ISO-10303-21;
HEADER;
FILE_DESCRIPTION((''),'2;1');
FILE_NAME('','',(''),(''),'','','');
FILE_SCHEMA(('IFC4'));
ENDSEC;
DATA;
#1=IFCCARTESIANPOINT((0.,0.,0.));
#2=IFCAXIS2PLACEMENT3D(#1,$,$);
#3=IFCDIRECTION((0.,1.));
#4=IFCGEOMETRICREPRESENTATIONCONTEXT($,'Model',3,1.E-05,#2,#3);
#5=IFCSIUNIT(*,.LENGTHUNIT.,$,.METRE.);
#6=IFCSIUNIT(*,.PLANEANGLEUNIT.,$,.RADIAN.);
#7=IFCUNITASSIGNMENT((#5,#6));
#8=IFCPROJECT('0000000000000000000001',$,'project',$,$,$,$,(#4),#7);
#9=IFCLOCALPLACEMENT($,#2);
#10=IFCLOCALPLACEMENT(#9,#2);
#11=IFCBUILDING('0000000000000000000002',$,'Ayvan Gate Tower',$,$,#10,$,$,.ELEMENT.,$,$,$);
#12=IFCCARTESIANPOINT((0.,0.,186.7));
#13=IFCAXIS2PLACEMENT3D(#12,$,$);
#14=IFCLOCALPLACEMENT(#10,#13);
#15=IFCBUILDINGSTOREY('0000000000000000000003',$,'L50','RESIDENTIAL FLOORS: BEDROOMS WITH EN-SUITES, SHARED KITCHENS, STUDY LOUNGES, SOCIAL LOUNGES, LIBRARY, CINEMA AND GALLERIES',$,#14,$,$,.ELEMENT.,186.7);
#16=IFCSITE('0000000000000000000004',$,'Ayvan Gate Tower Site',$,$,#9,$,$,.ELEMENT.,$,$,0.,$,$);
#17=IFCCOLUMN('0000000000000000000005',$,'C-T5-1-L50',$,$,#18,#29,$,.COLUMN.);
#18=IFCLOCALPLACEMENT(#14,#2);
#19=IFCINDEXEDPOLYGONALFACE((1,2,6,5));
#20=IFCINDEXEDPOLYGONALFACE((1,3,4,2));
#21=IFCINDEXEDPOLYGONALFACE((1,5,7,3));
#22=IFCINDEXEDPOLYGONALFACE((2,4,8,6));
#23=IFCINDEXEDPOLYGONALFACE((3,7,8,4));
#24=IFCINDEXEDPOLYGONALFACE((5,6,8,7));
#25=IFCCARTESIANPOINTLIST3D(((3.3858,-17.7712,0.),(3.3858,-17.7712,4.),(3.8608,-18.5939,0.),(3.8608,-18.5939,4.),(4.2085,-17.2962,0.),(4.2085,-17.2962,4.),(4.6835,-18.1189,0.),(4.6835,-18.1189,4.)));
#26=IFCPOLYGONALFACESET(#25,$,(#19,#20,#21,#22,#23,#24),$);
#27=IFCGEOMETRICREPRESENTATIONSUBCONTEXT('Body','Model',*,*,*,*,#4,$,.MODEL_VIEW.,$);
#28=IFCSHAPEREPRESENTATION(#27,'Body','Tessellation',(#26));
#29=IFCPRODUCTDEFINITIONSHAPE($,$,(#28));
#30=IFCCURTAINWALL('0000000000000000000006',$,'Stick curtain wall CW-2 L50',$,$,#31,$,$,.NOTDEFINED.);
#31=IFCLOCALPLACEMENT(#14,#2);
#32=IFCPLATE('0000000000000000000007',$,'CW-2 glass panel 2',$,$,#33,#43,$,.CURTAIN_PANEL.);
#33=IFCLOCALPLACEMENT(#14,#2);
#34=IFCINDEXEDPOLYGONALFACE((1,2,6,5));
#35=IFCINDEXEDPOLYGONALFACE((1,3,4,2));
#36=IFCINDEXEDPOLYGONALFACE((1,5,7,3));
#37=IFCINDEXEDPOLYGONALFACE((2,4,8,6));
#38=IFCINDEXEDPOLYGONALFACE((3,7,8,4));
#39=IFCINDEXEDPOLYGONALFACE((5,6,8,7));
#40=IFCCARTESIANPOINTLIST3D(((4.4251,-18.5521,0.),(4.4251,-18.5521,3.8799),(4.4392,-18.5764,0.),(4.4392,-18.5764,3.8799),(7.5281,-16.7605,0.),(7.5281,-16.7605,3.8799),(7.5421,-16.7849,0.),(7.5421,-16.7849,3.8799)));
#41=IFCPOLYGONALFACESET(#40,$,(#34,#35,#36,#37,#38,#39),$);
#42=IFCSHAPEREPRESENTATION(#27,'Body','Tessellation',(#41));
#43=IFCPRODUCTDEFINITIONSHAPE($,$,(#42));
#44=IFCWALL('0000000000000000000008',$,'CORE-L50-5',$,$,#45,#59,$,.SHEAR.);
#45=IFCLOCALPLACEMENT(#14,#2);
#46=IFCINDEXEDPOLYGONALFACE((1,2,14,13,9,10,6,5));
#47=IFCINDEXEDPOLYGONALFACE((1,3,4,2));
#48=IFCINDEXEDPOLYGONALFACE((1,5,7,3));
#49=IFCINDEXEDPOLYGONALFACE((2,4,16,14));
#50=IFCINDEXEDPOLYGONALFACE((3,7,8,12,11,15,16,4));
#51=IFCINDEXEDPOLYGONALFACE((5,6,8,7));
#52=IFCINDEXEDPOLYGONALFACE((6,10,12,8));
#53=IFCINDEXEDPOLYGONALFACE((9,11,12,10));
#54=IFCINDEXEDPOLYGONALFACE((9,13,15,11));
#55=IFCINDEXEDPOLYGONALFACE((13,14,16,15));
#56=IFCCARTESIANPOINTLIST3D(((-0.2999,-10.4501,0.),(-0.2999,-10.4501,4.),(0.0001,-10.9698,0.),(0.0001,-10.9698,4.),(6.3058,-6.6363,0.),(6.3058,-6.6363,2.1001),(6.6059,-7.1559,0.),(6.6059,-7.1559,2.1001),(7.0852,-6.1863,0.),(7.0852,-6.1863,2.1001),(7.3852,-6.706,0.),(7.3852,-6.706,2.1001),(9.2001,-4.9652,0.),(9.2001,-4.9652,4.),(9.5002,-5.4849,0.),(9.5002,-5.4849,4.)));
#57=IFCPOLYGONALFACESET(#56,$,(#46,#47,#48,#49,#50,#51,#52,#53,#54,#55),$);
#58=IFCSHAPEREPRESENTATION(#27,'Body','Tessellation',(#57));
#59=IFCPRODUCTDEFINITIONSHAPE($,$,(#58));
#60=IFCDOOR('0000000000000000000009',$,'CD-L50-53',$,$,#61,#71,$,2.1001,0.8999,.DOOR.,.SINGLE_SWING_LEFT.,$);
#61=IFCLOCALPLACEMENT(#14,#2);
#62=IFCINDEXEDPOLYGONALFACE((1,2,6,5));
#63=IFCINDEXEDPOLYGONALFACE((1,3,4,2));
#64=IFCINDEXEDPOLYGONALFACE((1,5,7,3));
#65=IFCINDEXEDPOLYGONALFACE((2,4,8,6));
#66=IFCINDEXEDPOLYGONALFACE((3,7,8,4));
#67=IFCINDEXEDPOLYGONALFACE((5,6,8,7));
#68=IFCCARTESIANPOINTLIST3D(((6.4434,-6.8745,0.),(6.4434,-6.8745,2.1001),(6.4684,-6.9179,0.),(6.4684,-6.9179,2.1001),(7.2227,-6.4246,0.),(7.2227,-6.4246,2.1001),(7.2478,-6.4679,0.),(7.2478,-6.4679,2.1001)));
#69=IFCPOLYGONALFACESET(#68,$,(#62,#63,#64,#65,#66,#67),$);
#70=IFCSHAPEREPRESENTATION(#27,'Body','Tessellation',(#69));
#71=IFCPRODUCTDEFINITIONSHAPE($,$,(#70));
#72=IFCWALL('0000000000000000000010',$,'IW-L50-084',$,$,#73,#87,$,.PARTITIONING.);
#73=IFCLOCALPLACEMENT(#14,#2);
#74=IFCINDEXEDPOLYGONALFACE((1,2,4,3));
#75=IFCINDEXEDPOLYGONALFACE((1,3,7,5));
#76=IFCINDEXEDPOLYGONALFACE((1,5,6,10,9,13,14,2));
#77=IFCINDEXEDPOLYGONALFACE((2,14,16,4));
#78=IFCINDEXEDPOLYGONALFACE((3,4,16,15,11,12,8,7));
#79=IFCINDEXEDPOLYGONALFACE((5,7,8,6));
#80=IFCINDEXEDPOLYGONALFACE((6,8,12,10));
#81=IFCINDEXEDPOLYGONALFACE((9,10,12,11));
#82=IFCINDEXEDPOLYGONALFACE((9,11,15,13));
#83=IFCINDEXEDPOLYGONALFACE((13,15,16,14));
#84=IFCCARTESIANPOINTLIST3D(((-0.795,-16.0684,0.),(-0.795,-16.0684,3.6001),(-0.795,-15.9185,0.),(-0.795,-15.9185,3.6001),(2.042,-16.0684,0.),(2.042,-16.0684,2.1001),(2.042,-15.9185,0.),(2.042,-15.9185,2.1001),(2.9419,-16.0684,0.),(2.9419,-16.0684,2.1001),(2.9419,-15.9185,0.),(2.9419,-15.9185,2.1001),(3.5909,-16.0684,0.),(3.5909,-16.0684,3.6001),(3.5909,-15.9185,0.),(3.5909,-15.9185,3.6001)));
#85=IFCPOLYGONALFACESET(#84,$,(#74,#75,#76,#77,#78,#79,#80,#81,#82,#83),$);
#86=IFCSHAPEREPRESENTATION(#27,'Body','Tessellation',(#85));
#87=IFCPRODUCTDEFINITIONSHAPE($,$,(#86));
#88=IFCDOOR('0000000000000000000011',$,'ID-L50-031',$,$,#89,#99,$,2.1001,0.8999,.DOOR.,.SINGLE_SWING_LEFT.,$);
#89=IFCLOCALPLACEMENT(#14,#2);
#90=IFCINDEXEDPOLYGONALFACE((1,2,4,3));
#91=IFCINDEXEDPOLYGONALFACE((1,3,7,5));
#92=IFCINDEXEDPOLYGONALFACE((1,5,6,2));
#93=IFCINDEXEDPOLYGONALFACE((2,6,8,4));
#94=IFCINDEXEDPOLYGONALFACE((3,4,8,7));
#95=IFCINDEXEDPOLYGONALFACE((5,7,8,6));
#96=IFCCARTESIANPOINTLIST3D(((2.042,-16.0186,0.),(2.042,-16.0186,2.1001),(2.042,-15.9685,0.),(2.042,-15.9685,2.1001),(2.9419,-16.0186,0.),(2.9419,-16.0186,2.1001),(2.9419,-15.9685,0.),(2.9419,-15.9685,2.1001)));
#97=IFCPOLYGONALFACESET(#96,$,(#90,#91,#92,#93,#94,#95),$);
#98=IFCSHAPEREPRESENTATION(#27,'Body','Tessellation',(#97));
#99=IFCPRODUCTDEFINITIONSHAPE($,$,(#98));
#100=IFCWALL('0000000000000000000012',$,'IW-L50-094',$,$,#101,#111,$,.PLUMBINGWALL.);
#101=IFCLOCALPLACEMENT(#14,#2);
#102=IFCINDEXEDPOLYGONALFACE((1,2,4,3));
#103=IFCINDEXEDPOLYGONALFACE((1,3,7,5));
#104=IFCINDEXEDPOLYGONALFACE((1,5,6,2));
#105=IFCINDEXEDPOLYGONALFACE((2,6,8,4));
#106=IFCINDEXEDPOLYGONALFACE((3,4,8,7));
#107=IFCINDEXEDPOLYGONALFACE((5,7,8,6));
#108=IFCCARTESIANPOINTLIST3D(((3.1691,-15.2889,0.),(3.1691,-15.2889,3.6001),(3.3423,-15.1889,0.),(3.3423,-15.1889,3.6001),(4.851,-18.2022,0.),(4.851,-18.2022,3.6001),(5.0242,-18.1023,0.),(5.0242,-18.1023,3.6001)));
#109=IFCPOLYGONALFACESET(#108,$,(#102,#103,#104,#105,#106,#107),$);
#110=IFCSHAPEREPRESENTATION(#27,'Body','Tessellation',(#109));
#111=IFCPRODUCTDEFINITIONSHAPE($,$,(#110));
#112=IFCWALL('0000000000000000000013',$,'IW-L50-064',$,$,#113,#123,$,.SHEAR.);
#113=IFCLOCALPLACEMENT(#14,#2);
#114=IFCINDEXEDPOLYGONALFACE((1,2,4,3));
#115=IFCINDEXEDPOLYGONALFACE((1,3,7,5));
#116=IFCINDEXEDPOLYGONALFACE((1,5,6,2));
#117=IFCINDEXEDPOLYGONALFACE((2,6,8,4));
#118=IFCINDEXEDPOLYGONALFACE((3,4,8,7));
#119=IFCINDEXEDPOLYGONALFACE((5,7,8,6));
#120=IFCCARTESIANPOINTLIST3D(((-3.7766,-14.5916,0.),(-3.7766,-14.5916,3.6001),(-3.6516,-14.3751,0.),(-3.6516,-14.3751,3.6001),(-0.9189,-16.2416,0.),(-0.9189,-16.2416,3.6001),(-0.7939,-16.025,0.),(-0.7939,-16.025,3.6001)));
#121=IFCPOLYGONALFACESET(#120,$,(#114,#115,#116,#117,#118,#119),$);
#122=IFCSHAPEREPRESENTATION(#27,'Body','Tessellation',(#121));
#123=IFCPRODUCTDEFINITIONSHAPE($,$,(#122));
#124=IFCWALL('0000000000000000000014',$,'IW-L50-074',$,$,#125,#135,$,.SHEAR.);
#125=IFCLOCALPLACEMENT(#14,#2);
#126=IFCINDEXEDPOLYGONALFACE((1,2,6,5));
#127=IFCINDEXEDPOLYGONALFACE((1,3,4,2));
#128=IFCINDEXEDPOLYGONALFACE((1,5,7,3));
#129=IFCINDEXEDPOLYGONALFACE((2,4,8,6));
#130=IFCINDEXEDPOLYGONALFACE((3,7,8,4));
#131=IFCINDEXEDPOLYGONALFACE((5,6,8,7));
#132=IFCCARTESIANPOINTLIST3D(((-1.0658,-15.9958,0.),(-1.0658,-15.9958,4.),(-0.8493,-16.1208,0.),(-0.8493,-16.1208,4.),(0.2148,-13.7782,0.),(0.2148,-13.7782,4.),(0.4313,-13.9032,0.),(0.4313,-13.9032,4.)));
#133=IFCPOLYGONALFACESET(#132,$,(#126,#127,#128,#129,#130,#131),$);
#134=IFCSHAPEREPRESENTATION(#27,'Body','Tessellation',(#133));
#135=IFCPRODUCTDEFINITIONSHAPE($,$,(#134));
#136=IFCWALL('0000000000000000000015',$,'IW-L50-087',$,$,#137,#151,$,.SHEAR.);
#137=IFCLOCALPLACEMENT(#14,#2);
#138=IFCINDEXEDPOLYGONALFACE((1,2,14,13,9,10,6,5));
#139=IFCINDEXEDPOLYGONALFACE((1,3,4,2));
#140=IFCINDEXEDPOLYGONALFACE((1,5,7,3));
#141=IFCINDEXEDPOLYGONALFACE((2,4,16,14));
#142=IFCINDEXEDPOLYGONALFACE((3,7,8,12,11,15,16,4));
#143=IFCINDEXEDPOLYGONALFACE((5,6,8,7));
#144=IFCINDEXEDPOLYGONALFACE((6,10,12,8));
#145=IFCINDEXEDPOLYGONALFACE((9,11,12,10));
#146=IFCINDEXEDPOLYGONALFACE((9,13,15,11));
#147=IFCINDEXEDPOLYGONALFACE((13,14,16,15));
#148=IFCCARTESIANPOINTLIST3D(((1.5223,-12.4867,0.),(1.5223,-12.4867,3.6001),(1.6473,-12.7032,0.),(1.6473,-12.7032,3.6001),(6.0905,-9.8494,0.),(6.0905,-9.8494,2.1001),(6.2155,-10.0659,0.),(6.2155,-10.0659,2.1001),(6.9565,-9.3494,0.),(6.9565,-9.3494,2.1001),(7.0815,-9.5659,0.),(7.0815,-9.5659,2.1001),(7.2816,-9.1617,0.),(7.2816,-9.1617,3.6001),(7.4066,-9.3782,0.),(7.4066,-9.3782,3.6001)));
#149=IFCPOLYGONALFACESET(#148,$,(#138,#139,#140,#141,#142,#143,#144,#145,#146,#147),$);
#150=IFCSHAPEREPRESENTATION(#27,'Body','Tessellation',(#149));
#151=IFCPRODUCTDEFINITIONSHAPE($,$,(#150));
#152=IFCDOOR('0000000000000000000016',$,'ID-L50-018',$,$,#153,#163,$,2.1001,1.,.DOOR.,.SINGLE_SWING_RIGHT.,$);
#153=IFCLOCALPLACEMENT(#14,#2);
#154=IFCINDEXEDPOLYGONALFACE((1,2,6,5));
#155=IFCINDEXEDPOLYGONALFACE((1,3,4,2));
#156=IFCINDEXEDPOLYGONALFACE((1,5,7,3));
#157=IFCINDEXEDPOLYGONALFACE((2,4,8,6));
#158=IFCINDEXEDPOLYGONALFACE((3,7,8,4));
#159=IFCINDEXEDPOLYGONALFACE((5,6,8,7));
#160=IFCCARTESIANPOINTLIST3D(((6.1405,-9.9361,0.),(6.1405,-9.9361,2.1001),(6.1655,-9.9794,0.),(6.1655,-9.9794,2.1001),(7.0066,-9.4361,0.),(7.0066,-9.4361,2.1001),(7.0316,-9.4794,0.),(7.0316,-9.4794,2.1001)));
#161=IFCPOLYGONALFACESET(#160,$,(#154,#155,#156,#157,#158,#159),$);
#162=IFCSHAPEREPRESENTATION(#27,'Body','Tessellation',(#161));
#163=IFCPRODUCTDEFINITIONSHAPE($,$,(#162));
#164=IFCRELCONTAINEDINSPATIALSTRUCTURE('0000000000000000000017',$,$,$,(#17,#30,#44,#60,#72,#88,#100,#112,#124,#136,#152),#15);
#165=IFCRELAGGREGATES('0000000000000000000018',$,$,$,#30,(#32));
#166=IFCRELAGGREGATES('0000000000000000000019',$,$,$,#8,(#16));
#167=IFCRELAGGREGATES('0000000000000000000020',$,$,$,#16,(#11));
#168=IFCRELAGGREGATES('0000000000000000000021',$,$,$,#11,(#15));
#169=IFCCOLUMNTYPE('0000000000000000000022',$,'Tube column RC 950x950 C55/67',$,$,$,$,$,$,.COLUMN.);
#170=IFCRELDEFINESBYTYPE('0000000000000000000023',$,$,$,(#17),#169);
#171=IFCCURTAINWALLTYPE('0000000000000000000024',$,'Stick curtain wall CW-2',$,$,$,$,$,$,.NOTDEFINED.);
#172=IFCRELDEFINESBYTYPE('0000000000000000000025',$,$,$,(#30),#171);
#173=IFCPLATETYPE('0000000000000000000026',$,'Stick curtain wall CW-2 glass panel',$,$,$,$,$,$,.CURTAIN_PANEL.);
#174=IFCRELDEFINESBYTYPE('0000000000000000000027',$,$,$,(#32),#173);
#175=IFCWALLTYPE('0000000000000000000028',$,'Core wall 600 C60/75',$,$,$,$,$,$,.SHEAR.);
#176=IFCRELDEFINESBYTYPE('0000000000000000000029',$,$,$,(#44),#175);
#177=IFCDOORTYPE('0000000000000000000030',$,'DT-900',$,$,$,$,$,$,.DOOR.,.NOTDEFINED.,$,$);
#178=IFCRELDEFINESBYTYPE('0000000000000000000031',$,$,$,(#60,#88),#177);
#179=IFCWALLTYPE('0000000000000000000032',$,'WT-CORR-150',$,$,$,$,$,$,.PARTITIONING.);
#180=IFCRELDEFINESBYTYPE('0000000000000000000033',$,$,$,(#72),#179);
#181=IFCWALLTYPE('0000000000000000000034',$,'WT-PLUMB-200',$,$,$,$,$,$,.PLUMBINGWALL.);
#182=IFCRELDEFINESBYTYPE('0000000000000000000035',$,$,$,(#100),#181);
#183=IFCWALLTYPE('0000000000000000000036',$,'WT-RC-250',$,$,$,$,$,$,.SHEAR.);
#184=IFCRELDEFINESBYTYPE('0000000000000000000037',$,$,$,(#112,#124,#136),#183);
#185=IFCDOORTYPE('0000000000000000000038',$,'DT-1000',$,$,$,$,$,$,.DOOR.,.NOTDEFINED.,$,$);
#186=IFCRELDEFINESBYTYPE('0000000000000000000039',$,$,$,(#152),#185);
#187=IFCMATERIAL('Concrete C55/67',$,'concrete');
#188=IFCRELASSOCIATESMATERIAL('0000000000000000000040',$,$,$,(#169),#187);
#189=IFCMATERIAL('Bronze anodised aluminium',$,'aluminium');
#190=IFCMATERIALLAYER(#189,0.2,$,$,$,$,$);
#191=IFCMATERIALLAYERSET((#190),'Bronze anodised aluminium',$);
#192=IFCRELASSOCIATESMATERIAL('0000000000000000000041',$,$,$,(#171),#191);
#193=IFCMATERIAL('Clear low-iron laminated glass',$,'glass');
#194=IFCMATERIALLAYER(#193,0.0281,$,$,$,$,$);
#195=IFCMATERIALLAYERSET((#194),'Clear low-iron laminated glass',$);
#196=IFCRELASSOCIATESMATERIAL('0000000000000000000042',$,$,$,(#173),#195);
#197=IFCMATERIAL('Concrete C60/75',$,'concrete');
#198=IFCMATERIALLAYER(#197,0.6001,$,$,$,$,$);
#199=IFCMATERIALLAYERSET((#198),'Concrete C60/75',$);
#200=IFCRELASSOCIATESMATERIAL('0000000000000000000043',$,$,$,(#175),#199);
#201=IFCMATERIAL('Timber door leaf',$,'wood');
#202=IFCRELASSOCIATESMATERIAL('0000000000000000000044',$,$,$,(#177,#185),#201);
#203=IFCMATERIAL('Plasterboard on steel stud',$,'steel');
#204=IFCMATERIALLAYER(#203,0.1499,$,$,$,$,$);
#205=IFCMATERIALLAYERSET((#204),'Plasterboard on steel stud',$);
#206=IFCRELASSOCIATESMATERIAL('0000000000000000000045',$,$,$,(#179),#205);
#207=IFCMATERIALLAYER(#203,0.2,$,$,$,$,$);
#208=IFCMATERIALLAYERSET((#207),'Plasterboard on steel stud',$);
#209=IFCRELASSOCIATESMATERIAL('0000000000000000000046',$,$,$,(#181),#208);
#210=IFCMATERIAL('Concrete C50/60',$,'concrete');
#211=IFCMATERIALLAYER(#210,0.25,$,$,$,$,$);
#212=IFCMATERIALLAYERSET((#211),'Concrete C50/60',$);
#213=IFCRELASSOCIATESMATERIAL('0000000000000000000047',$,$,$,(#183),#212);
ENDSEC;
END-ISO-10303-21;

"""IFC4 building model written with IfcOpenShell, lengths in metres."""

from ifc_helpers import new_model, si_unit, direction, frame, frame_2d, origin, origin_2d, place, context, subcontext, project, spatial, rectangle, extrude, material, layer, layer_set, material_profile, profile_set, type_object, element, fill, aggregate, save


model = new_model("IFC4")

# Units and contexts
model_context = context("Model", 3, precision=1e-05, world=origin(), true_north=direction((0.0, 1.0)))
body_context = subcontext(model_context, "Body", "Model", "MODEL_VIEW")
ifc_project = project(units=[si_unit("LENGTHUNIT", "METRE"), si_unit("PLANEANGLEUNIT", "RADIAN")], contexts=[model_context])

# Site, building, storey
site_placement = place(None, origin())
site = spatial("IfcSite", under=ifc_project, at=site_placement, Name="Ayvan Gate Tower Site", CompositionType="ELEMENT", RefElevation=0.0)
building_placement = place(site_placement, origin())
building = spatial("IfcBuilding", under=site, at=building_placement, Name="Ayvan Gate Tower", CompositionType="ELEMENT")
storey_placement = place(building_placement, frame((0.0, 0.0, 186.7)))
storey = spatial("IfcBuildingStorey", under=building, at=storey_placement, Name="L50", Description="RESIDENTIAL FLOORS: BEDROOMS WITH EN-SUITES, SHARED KITCHENS, STUDY LOUNGES, SOCIAL LOUNGES, LIBRARY, CINEMA AND GALLERIES", CompositionType="ELEMENT", Elevation=186.7)

# Column
ifc_material_1 = material(Name="Concrete C55/67", Category="concrete")
ifc_material_profile = material_profile(ifc_material_1, rectangle(XDim=0.95, YDim=0.95, at=origin_2d()), Name="RC 950x950")
ifc_profile_set = profile_set([ifc_material_profile], Name="Concrete C55/67")
column_type = type_object("IfcColumnType", Name="Tube column RC 950x950 C55/67", PredefinedType="COLUMN", material=ifc_profile_set)
column_placement = place(storey_placement, frame((4.0347, -17.9451, 0.0), z_axis=(0.0, 0.0, 1.0), x_axis=(0.5, -0.866025, 0.0)))
element("IfcColumn", 1, at=column_placement, inside=storey, type_object=column_type, Name="C-T5-1-L50", PredefinedType="COLUMN", context=body_context, shape_type="SweptSolid", body=[
    extrude(rectangle(XDim=0.95, YDim=0.95, at=origin_2d()), origin(), (0.0, 0.0, 1.0), 4.0),
])

# Curtain wall, plate
ifc_material_2 = material(Name="Bronze anodised aluminium", Category="aluminium")
ifc_layer_1 = layer(ifc_material_2, 0.2)
ifc_layer_set_1 = layer_set([ifc_layer_1], Name="Bronze anodised aluminium")
curtain_wall_type = type_object("IfcCurtainWallType", Name="Stick curtain wall CW-2", PredefinedType="NOTDEFINED", material=ifc_layer_set_1)
curtain_wall_placement = place(storey_placement, origin())
curtain_wall = element("IfcCurtainWall", 2, at=curtain_wall_placement, inside=storey, type_object=curtain_wall_type, Name="Stick curtain wall CW-2 L50", PredefinedType="NOTDEFINED")
ifc_material_3 = material(Name="Clear low-iron laminated glass", Category="glass")
ifc_layer_2 = layer(ifc_material_3, 0.0281)
ifc_layer_set_2 = layer_set([ifc_layer_2], Name="Clear low-iron laminated glass")
plate_type = type_object("IfcPlateType", Name="Stick curtain wall CW-2 glass panel", PredefinedType="CURTAIN_PANEL", material=ifc_layer_set_2)
plate_placement = place(storey_placement, frame((5.9836, -17.6685, 0.0), z_axis=(0.0, 0.0, 1.0), x_axis=(0.866025, 0.5, 0.0)))
plate = element("IfcPlate", 3, at=plate_placement, type_object=plate_type, Name="CW-2 glass panel 2", PredefinedType="CURTAIN_PANEL", context=body_context, shape_type="SweptSolid", body=[
    extrude(rectangle(XDim=3.583, YDim=0.0281, at=origin_2d()), origin(), (0.0, 0.0, 1.0), 3.8799),
])
aggregate(curtain_wall, [plate])

# Walls, openings, doors
ifc_material_4 = material(Name="Concrete C60/75", Category="concrete")
ifc_layer_3 = layer(ifc_material_4, 0.6001)
ifc_layer_set_3 = layer_set([ifc_layer_3], Name="Concrete C60/75")
wall_type_1 = type_object("IfcWallType", Name="Core wall 600 C60/75", PredefinedType="SHEAR", material=ifc_layer_set_3)
wall_1_placement = place(storey_placement, frame((-0.1499, -10.71, 0.0), z_axis=(0.0, 0.0, 1.0), x_axis=(0.866024, 0.500002, 0.0)))
wall_1 = element("IfcWall", 4, at=wall_1_placement, inside=storey, type_object=wall_type_1, Name="CORE-L50-5", PredefinedType="SHEAR", context=body_context, shape_type="SweptSolid", body=[
    extrude(rectangle(XDim=10.9697, YDim=0.6001, at=frame_2d((5.4849, 0.0))), origin(), (0.0, 0.0, 1.0), 4.0),
])
opening_1_placement = place(wall_1_placement, frame((7.6277, 0.0, 0.0)))
opening_1 = element("IfcOpeningElement", 5, at=opening_1_placement, cuts=wall_1, PredefinedType="OPENING", context=body_context, shape_type="SweptSolid", body=[
    extrude(rectangle(XDim=0.8999, YDim=2.1001, at=frame_2d((0.45, 1.05))), frame((0.0, 0.3101, 0.0), z_axis=(0.0, -1.0, 0.0), x_axis=(1.0, 0.0, 0.0)), (0.0, 0.0, 1.0), 0.6201),
])
ifc_material_5 = material(Name="Timber door leaf", Category="wood")
door_type_1 = type_object("IfcDoorType", Name="DT-900", OperationType="NOTDEFINED", PredefinedType="DOOR", material=ifc_material_5)
door_1_placement = place(opening_1_placement, origin())
door_1 = element("IfcDoor", 6, at=door_1_placement, inside=storey, type_object=door_type_1, Name="CD-L50-53", OperationType="SINGLE_SWING_LEFT", OverallHeight=2.1001, OverallWidth=0.8999, PredefinedType="DOOR", context=body_context, shape_type="SweptSolid", body=[
    extrude(rectangle(XDim=0.8999, YDim=2.1001, at=frame_2d((0.45, 1.05))), frame((0.0, 0.0249, 0.0), z_axis=(0.0, -1.0, 0.0), x_axis=(1.0, 0.0, 0.0)), (0.0, 0.0, 1.0), 0.05),
])
fill(opening_1, door_1)
ifc_material_6 = material(Name="Plasterboard on steel stud", Category="steel")
ifc_layer_4 = layer(ifc_material_6, 0.1499)
ifc_layer_set_4 = layer_set([ifc_layer_4], Name="Plasterboard on steel stud")
wall_type_2 = type_object("IfcWallType", Name="WT-CORR-150", PredefinedType="PARTITIONING", material=ifc_layer_set_4)
wall_2_placement = place(storey_placement, frame((-0.7949, -15.9934, 0.0), z_axis=(0.0, 0.0, 1.0), x_axis=(1.0, 0.0, 0.0)))
wall_2 = element("IfcWall", 7, at=wall_2_placement, inside=storey, type_object=wall_type_2, Name="IW-L50-084", PredefinedType="PARTITIONING", context=body_context, shape_type="SweptSolid", body=[
    extrude(rectangle(XDim=4.386, YDim=0.1499, at=frame_2d((2.1929, 0.0))), origin(), (0.0, 0.0, 1.0), 3.6001),
])
opening_2_placement = place(wall_2_placement, frame((2.8369, 0.0, 0.0)))
opening_2 = element("IfcOpeningElement", 8, at=opening_2_placement, cuts=wall_2, PredefinedType="OPENING", context=body_context, shape_type="SweptSolid", body=[
    extrude(rectangle(XDim=0.8999, YDim=2.1001, at=frame_2d((0.45, 1.05))), frame((0.0, 0.085, 0.0), z_axis=(0.0, -1.0, 0.0), x_axis=(1.0, 0.0, 0.0)), (0.0, 0.0, 1.0), 0.1699),
])
door_2_placement = place(opening_2_placement, origin())
door_2 = element("IfcDoor", 9, at=door_2_placement, inside=storey, type_object=door_type_1, Name="ID-L50-031", OperationType="SINGLE_SWING_LEFT", OverallHeight=2.1001, OverallWidth=0.8999, PredefinedType="DOOR", context=body_context, shape_type="SweptSolid", body=[
    extrude(rectangle(XDim=0.8999, YDim=2.1001, at=frame_2d((0.45, 1.05))), frame((0.0, 0.0249, 0.0), z_axis=(0.0, -1.0, 0.0), x_axis=(1.0, 0.0, 0.0)), (0.0, 0.0, 1.0), 0.05),
])
fill(opening_2, door_2)

# Walls
ifc_layer_5 = layer(ifc_material_6, 0.2)
ifc_layer_set_5 = layer_set([ifc_layer_5], Name="Plasterboard on steel stud")
wall_type_3 = type_object("IfcWallType", Name="WT-PLUMB-200", PredefinedType="PLUMBINGWALL", material=ifc_layer_set_5)
wall_3_placement = place(storey_placement, frame((3.2556, -15.2388, 0.0), z_axis=(0.0, 0.0, 1.0), x_axis=(0.499972, -0.866042, 0.0)))
element("IfcWall", 10, at=wall_3_placement, inside=storey, type_object=wall_type_3, Name="IW-L50-094", PredefinedType="PLUMBINGWALL", context=body_context, shape_type="SweptSolid", body=[
    extrude(rectangle(XDim=3.364, YDim=0.2, at=frame_2d((1.6821, 0.0))), origin(), (0.0, 0.0, 1.0), 3.6001),
])
ifc_material_7 = material(Name="Concrete C50/60", Category="concrete")
ifc_layer_6 = layer(ifc_material_7, 0.25)
ifc_layer_set_6 = layer_set([ifc_layer_6], Name="Concrete C50/60")
wall_type_4 = type_object("IfcWallType", Name="WT-RC-250", PredefinedType="SHEAR", material=ifc_layer_set_6)
wall_4_placement = place(storey_placement, frame((-0.8564, -16.1333, 0.0), z_axis=(0.0, 0.0, 1.0), x_axis=(-0.866022, 0.500006, 0.0)))
element("IfcWall", 11, at=wall_4_placement, inside=storey, type_object=wall_type_4, Name="IW-L50-064", PredefinedType="SHEAR", context=body_context, shape_type="SweptSolid", body=[
    extrude(rectangle(XDim=3.2998, YDim=0.25, at=frame_2d((1.6499, 0.0))), origin(), (0.0, 0.0, 1.0), 3.6001),
])
wall_5_placement = place(storey_placement, frame((0.323, -13.8408, 0.0), z_axis=(0.0, 0.0, 1.0), x_axis=(-0.500066, -0.865987, 0.0)))
element("IfcWall", 12, at=wall_5_placement, inside=storey, type_object=wall_type_4, Name="IW-L50-074", PredefinedType="SHEAR", context=body_context, shape_type="SweptSolid", body=[
    extrude(rectangle(XDim=2.5608, YDim=0.25, at=frame_2d((1.2803, 0.0))), origin(), (0.0, 0.0, 1.0), 4.0),
])

# Wall, opening, door
wall_6_placement = place(storey_placement, frame((1.5847, -12.595, 0.0), z_axis=(0.0, 0.0, 1.0), x_axis=(0.866036, 0.499981, 0.0)))
wall_6 = element("IfcWall", 13, at=wall_6_placement, inside=storey, type_object=wall_type_4, Name="IW-L50-087", PredefinedType="SHEAR", context=body_context, shape_type="SweptSolid", body=[
    extrude(rectangle(XDim=6.6501, YDim=0.25, at=frame_2d((3.3252, 0.0))), origin(), (0.0, 0.0, 1.0), 3.6001),
])
opening_3_placement = place(wall_6_placement, frame((5.2749, 0.0, 0.0)))
opening_3 = element("IfcOpeningElement", 14, at=opening_3_placement, cuts=wall_6, PredefinedType="OPENING", context=body_context, shape_type="SweptSolid", body=[
    extrude(rectangle(XDim=1.0, YDim=2.1001, at=frame_2d((0.5, 1.05))), frame((0.0, 0.135, 0.0), z_axis=(0.0, -1.0, 0.0), x_axis=(1.0, 0.0, 0.0)), (0.0, 0.0, 1.0), 0.27),
])
door_type_2 = type_object("IfcDoorType", Name="DT-1000", OperationType="NOTDEFINED", PredefinedType="DOOR", material=ifc_material_5)
door_3_placement = place(opening_3_placement, origin())
door_3 = element("IfcDoor", 15, at=door_3_placement, inside=storey, type_object=door_type_2, Name="ID-L50-018", OperationType="SINGLE_SWING_RIGHT", OverallHeight=2.1001, OverallWidth=1.0, PredefinedType="DOOR", context=body_context, shape_type="SweptSolid", body=[
    extrude(rectangle(XDim=1.0, YDim=2.1001, at=frame_2d((0.5, 1.05))), frame((0.0, 0.0249, 0.0), z_axis=(0.0, -1.0, 0.0), x_axis=(1.0, 0.0, 0.0)), (0.0, 0.0, 1.0), 0.05),
])
fill(opening_3, door_3)

save(model, "model.ifc")
